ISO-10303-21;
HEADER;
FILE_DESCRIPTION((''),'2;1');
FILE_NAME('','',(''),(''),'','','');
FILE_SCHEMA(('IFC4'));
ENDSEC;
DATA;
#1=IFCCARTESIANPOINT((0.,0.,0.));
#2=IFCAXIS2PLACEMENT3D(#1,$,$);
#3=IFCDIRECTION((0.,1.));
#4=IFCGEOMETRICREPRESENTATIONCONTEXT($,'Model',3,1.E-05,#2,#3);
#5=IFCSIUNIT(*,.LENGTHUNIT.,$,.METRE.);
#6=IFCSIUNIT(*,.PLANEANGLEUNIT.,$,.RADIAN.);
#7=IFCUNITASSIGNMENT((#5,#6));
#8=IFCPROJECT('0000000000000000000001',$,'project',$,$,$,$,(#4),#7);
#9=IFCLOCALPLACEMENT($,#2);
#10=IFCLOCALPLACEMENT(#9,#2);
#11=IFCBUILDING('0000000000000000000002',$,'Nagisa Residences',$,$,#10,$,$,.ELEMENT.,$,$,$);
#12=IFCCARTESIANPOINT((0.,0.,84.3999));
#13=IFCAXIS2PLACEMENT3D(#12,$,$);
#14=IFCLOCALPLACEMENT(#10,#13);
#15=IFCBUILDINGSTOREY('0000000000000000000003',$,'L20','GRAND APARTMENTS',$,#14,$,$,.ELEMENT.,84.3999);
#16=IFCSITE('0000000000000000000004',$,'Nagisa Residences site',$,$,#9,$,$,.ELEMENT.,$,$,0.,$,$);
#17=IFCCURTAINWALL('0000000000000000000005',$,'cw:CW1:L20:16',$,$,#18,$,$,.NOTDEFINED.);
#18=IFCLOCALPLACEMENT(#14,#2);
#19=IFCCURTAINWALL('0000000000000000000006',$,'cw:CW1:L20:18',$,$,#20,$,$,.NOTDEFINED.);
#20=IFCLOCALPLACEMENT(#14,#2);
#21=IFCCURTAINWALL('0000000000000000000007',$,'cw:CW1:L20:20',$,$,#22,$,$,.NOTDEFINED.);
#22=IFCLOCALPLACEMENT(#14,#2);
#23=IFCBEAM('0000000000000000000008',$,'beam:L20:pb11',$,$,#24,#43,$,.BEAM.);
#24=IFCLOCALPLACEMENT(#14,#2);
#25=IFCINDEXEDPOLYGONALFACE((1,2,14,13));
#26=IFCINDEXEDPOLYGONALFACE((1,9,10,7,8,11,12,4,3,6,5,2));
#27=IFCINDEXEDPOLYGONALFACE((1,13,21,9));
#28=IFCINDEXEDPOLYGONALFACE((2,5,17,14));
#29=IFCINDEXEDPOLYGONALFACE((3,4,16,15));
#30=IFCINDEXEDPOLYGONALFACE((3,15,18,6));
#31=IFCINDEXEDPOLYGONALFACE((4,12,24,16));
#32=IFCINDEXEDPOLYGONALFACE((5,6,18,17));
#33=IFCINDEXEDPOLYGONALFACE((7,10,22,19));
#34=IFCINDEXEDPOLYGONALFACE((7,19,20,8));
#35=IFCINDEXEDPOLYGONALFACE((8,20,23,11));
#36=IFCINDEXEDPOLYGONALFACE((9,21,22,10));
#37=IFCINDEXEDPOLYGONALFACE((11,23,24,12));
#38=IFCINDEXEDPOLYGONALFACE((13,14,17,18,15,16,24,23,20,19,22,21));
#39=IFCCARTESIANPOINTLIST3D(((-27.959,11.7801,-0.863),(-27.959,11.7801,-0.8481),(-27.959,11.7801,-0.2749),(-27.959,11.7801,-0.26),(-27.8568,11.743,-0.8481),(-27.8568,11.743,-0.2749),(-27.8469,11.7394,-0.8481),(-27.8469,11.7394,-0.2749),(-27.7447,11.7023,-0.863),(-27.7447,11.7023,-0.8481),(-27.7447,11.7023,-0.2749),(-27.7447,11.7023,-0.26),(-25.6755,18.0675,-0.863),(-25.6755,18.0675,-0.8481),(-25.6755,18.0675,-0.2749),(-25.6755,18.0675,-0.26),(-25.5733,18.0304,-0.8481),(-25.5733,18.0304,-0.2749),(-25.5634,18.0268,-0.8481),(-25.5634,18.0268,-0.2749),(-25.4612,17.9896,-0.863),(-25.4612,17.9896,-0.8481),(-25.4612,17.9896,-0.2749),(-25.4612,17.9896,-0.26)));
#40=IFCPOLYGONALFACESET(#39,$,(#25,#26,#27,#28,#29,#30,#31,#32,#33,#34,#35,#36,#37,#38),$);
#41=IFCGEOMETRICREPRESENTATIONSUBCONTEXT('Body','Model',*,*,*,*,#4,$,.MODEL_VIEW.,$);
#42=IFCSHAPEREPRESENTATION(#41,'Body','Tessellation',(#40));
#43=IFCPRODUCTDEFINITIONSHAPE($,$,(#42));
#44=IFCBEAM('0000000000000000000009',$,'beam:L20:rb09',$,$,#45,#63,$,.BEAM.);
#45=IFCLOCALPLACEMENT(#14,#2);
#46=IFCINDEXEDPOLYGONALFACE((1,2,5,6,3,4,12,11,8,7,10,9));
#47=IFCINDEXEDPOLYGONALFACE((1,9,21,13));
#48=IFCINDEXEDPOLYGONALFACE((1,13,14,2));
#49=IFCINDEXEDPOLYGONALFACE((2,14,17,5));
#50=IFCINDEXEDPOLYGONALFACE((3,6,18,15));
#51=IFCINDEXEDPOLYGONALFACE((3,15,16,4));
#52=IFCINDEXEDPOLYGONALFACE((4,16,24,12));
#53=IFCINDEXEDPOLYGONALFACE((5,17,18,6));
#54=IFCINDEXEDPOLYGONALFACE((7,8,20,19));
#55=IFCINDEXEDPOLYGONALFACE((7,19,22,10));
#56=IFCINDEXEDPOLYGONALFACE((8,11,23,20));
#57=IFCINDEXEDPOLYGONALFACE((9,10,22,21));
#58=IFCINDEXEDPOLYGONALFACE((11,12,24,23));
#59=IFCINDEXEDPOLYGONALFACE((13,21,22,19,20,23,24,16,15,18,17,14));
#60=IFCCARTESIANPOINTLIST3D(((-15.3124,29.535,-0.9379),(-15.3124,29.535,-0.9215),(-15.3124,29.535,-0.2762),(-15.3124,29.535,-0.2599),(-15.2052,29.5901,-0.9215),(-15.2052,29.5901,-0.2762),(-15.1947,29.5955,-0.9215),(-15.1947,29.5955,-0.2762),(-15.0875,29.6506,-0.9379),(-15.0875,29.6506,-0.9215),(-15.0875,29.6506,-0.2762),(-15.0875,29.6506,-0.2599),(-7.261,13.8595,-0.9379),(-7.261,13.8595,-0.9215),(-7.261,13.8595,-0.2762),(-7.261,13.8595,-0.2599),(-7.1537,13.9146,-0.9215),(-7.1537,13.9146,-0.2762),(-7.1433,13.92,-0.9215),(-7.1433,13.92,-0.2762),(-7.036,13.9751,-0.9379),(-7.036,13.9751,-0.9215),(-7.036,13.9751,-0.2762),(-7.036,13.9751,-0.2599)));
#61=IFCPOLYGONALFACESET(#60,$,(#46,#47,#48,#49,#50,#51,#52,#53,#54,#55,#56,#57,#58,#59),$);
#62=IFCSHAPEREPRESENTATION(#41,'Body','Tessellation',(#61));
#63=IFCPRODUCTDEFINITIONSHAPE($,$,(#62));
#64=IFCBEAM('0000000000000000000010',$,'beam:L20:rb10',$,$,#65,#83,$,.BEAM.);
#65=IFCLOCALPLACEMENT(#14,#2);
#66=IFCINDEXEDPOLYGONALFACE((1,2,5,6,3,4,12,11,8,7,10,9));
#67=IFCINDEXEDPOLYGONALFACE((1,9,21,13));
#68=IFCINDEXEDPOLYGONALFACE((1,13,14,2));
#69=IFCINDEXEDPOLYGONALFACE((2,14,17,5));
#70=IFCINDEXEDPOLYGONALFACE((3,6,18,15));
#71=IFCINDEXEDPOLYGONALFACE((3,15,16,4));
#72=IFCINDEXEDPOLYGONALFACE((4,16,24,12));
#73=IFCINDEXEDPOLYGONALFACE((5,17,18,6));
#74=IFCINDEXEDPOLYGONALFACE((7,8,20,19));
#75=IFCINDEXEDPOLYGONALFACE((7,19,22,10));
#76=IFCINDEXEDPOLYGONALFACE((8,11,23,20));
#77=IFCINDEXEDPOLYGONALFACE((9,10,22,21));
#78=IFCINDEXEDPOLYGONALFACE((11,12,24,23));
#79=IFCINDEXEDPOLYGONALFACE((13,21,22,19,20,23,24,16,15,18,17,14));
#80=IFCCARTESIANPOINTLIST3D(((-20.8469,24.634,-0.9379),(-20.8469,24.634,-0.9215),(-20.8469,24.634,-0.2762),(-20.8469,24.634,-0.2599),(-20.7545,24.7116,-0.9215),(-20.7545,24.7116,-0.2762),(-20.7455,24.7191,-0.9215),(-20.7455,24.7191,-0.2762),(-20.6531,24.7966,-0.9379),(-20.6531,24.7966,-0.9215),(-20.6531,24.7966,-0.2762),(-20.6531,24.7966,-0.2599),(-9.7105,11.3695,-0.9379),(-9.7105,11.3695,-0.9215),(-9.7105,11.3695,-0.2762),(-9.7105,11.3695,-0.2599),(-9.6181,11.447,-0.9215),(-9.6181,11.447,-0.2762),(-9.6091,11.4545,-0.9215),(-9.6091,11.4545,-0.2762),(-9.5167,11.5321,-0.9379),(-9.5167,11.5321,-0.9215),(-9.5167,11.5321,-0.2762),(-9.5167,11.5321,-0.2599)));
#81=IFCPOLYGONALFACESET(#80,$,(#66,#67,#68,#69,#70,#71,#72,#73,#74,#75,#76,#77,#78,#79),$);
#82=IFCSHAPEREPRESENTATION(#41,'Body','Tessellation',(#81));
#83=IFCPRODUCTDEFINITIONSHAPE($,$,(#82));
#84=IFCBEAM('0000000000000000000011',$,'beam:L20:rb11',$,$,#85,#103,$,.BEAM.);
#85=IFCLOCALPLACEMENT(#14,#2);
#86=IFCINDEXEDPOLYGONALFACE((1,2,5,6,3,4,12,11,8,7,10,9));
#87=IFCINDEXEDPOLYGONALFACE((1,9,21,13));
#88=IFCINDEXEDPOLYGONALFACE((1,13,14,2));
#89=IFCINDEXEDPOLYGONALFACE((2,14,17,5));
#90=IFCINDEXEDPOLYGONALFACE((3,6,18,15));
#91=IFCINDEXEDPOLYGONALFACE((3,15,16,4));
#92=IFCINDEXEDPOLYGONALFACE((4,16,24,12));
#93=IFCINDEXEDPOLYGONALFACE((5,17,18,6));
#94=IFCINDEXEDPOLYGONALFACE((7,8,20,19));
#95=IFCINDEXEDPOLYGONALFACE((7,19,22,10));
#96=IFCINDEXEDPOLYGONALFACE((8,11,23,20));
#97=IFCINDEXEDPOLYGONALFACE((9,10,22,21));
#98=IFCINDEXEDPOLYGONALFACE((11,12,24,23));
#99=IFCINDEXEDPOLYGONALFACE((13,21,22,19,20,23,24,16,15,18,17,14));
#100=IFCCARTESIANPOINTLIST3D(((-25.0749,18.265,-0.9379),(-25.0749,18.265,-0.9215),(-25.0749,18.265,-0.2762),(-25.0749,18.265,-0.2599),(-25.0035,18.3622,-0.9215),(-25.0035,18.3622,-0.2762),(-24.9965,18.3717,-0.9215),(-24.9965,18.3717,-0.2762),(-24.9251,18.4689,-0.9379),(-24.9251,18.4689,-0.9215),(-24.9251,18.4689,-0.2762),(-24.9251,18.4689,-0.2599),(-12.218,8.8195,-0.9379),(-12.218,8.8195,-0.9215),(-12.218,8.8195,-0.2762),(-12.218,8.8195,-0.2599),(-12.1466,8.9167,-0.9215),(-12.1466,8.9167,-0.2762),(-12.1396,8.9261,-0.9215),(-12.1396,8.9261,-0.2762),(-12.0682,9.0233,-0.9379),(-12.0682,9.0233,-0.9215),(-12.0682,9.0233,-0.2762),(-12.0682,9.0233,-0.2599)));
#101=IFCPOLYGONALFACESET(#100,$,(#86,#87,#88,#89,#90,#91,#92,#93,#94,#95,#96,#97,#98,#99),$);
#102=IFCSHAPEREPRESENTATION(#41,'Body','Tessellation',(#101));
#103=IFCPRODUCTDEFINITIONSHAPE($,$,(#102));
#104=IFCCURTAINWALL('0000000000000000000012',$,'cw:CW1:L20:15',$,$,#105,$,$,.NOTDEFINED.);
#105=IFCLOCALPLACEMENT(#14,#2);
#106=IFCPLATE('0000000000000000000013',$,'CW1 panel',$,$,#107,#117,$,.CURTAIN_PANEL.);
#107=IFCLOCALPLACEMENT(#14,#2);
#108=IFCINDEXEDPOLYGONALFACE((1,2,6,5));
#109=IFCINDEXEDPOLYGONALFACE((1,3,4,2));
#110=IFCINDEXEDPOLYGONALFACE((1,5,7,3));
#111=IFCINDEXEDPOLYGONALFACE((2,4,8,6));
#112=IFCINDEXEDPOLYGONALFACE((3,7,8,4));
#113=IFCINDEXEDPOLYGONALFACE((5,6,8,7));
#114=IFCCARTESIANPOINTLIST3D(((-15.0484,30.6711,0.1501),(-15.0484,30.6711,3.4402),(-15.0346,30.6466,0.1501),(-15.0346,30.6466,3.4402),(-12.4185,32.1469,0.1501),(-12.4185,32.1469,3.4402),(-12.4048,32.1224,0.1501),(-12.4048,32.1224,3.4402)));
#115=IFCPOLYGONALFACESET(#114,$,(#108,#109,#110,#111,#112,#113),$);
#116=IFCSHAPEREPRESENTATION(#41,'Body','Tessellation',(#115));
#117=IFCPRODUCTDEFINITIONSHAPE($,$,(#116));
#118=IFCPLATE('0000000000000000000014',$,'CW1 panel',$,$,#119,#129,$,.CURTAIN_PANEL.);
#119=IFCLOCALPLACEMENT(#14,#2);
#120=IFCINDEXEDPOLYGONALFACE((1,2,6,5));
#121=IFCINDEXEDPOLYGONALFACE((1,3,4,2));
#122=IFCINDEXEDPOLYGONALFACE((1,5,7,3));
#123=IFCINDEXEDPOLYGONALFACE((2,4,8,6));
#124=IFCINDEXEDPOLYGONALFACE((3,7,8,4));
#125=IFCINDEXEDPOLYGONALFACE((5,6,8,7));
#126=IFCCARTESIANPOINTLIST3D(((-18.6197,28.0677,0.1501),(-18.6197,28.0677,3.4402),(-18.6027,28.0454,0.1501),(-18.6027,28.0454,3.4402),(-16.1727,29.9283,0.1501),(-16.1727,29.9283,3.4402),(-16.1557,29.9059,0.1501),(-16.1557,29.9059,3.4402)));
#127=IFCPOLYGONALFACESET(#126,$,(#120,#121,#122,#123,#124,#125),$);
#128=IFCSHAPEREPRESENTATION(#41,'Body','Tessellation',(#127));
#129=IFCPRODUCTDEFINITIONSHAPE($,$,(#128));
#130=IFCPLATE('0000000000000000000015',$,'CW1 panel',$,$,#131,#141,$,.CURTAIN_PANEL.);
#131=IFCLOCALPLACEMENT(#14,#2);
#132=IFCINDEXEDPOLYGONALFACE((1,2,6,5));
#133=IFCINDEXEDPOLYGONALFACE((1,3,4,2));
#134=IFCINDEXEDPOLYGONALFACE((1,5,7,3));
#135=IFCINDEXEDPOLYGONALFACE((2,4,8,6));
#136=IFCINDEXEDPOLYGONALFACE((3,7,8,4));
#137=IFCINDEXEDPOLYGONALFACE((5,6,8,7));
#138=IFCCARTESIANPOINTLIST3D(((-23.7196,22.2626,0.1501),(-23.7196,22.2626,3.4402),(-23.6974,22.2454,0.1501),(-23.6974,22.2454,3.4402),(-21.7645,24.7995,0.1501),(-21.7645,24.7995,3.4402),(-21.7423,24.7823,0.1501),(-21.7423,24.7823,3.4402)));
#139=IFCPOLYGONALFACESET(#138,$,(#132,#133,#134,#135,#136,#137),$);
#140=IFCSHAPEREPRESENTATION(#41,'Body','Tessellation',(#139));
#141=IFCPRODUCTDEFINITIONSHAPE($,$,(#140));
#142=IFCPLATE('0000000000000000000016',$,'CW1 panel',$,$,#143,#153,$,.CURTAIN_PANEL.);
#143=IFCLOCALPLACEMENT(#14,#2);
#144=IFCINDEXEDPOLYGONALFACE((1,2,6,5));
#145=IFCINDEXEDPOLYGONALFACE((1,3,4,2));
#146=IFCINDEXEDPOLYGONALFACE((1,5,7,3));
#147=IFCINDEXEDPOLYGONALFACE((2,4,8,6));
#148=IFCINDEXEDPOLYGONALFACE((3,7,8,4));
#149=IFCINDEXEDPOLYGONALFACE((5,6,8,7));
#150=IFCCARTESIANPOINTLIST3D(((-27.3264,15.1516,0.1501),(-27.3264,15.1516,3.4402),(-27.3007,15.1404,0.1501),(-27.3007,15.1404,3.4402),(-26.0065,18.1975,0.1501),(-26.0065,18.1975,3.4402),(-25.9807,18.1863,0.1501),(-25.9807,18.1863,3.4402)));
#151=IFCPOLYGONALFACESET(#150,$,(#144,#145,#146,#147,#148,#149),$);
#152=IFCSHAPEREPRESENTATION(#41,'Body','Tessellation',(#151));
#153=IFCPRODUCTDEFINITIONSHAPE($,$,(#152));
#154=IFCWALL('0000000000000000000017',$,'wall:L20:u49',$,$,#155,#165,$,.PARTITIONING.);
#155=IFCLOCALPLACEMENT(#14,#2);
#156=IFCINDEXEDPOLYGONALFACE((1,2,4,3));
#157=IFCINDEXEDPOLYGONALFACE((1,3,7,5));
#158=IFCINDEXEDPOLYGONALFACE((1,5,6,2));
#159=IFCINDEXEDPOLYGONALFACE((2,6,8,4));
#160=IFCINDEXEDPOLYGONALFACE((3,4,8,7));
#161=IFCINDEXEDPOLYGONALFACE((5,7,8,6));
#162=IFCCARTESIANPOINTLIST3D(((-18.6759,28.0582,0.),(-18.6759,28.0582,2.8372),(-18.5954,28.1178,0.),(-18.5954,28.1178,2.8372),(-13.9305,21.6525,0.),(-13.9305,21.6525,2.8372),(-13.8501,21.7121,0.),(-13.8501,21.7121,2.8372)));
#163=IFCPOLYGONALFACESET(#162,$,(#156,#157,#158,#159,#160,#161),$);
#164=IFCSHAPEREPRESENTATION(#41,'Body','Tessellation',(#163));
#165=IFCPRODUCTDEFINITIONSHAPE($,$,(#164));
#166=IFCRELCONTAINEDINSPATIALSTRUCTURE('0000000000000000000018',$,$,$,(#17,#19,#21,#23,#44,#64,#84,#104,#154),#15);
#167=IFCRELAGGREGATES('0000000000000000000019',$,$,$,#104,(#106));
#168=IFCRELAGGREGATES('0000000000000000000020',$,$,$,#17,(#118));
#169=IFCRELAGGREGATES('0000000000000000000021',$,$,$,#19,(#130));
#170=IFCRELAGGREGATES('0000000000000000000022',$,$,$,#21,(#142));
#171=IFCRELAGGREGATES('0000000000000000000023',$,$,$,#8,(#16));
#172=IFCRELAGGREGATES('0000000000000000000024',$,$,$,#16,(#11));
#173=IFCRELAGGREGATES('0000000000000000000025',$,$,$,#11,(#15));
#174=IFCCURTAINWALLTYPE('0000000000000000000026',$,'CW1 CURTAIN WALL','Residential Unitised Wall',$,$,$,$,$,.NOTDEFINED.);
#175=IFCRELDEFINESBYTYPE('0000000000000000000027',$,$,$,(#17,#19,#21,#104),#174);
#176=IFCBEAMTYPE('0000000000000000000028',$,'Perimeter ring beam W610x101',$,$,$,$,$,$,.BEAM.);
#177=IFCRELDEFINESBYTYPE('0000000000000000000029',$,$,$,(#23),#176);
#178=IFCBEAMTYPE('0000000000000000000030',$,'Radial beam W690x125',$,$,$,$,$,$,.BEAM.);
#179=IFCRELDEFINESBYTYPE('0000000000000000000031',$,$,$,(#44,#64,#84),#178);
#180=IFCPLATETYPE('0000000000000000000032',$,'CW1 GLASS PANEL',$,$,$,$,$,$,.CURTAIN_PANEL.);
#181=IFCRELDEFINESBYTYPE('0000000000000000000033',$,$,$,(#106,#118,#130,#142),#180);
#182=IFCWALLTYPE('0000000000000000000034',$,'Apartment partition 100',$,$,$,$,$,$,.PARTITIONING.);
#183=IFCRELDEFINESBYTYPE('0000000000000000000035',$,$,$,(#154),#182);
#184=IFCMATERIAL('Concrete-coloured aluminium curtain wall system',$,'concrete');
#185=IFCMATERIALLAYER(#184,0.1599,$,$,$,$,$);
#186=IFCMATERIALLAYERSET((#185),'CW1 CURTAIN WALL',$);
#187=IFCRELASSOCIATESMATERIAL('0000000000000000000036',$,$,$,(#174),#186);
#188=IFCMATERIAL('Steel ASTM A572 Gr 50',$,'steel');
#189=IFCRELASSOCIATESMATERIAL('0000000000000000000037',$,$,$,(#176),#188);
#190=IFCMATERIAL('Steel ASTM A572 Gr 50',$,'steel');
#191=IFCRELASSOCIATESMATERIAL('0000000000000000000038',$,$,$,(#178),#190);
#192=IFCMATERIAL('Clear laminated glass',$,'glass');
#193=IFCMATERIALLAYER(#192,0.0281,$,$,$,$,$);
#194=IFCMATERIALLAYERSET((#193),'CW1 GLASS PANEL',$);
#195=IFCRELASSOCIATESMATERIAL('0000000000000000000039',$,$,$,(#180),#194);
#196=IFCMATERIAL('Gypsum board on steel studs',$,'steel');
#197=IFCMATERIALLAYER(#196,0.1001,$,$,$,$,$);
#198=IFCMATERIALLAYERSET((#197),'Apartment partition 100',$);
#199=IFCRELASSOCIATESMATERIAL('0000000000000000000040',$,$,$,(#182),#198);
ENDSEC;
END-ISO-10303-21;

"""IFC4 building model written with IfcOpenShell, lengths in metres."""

from ifc_helpers import new_model, si_unit, direction, frame, frame_2d, origin, origin_2d, place, context, subcontext, project, spatial, rectangle, i_section, extrude, material, layer, layer_set, material_profile, profile_set, type_object, element, aggregate, save


model = new_model("IFC4")

# Units and contexts
model_context = context("Model", 3, precision=1e-05, world=origin(), true_north=direction((0.0, 1.0)))
body_context = subcontext(model_context, "Body", "Model", "MODEL_VIEW")
ifc_project = project(units=[si_unit("LENGTHUNIT", "METRE"), si_unit("PLANEANGLEUNIT", "RADIAN")], contexts=[model_context])

# Site, building, storey
site_placement = place(None, origin())
site = spatial("IfcSite", under=ifc_project, at=site_placement, Name="Nagisa Residences site", CompositionType="ELEMENT", RefElevation=0.0)
building_placement = place(site_placement, origin())
building = spatial("IfcBuilding", under=site, at=building_placement, Name="Nagisa Residences", CompositionType="ELEMENT")
storey_placement = place(building_placement, frame((0.0, 0.0, 84.3999)))
storey = spatial("IfcBuildingStorey", under=building, at=storey_placement, Name="L20", Description="GRAND APARTMENTS", CompositionType="ELEMENT", Elevation=84.3999)

# Curtain walls
ifc_material_1 = material(Name="Concrete-coloured aluminium curtain wall system", Category="concrete")
ifc_layer_1 = layer(ifc_material_1, 0.1599)
ifc_layer_set_1 = layer_set([ifc_layer_1], Name="CW1 CURTAIN WALL")
curtain_wall_type = type_object("IfcCurtainWallType", Name="CW1 CURTAIN WALL", Description="Residential Unitised Wall", PredefinedType="NOTDEFINED", material=ifc_layer_set_1)
curtain_wall_1_placement = place(storey_placement, origin())
curtain_wall_1 = element("IfcCurtainWall", 1, at=curtain_wall_1_placement, inside=storey, type_object=curtain_wall_type, Name="cw:CW1:L20:16", PredefinedType="NOTDEFINED")
curtain_wall_2_placement = place(storey_placement, origin())
curtain_wall_2 = element("IfcCurtainWall", 2, at=curtain_wall_2_placement, inside=storey, type_object=curtain_wall_type, Name="cw:CW1:L20:18", PredefinedType="NOTDEFINED")
curtain_wall_3_placement = place(storey_placement, origin())
curtain_wall_3 = element("IfcCurtainWall", 3, at=curtain_wall_3_placement, inside=storey, type_object=curtain_wall_type, Name="cw:CW1:L20:20", PredefinedType="NOTDEFINED")

# Beams
ifc_material_2 = material(Name="Steel ASTM A572 Gr 50", Category="steel")
ifc_material_profile_1 = material_profile(ifc_material_2, i_section(OverallWidth=0.228, OverallDepth=0.603, WebThickness=0.0105, FlangeThickness=0.0149, at=origin_2d()), Name="W610x101")
ifc_profile_set_1 = profile_set([ifc_material_profile_1], Name="Steel ASTM A572 Gr 50")
beam_type_1 = type_object("IfcBeamType", Name="Perimeter ring beam W610x101", PredefinedType="BEAM", material=ifc_profile_set_1)
beam_1_placement = place(storey_placement, frame((-25.5684, 18.0286, -0.5615), z_axis=(-0.341365, -0.939931, 0.0), x_axis=(0.939931, -0.341365, 0.0)))
element("IfcBeam", 4, at=beam_1_placement, inside=storey, type_object=beam_type_1, Name="beam:L20:pb11", PredefinedType="BEAM", context=body_context, shape_type="SweptSolid", body=[
    extrude(i_section(OverallWidth=0.228, OverallDepth=0.603, WebThickness=0.0105, FlangeThickness=0.0149, at=origin_2d()), origin(), (0.0, 0.0, 1.0), 6.6892),
])
ifc_material_3 = material(Name="Steel ASTM A572 Gr 50", Category="steel")
ifc_material_profile_2 = material_profile(ifc_material_3, i_section(OverallWidth=0.2529, OverallDepth=0.678, WebThickness=0.0117, FlangeThickness=0.0164, at=origin_2d()), Name="W690x125")
ifc_profile_set_2 = profile_set([ifc_material_profile_2], Name="Steel ASTM A572 Gr 50")
beam_type_2 = type_object("IfcBeamType", Name="Radial beam W690x125", PredefinedType="BEAM", material=ifc_profile_set_2)
beam_2_placement = place(storey_placement, frame((-15.2, 29.5928, -0.5989), z_axis=(0.456891, -0.889523, 0.0), x_axis=(0.889523, 0.456891, 0.0)))
element("IfcBeam", 5, at=beam_2_placement, inside=storey, type_object=beam_type_2, Name="beam:L20:rb09", PredefinedType="BEAM", context=body_context, shape_type="SweptSolid", body=[
    extrude(i_section(OverallWidth=0.2529, OverallDepth=0.678, WebThickness=0.0117, FlangeThickness=0.0164, at=origin_2d()), origin(), (0.0, 0.0, 1.0), 17.6223),
])
beam_3_placement = place(storey_placement, frame((-20.75, 24.7153, -0.5989), z_axis=(0.642995, -0.765871, 0.0), x_axis=(0.765871, 0.642995, 0.0)))
element("IfcBeam", 6, at=beam_3_placement, inside=storey, type_object=beam_type_2, Name="beam:L20:rb10", PredefinedType="BEAM", context=body_context, shape_type="SweptSolid", body=[
    extrude(i_section(OverallWidth=0.2529, OverallDepth=0.678, WebThickness=0.0117, FlangeThickness=0.0164, at=origin_2d()), origin(), (0.0, 0.0, 1.0), 17.3196),
])
beam_4_placement = place(storey_placement, frame((-25.0, 18.3669, -0.5989), z_axis=(0.805892, -0.592062, 0.0), x_axis=(0.592062, 0.805892, 0.0)))
element("IfcBeam", 7, at=beam_4_placement, inside=storey, type_object=beam_type_2, Name="beam:L20:rb11", PredefinedType="BEAM", context=body_context, shape_type="SweptSolid", body=[
    extrude(i_section(OverallWidth=0.2529, OverallDepth=0.678, WebThickness=0.0117, FlangeThickness=0.0164, at=origin_2d()), origin(), (0.0, 0.0, 1.0), 15.9536),
])

# Curtain wall, plate
curtain_wall_4_placement = place(storey_placement, origin())
curtain_wall_4 = element("IfcCurtainWall", 8, at=curtain_wall_4_placement, inside=storey, type_object=curtain_wall_type, Name="cw:CW1:L20:15", PredefinedType="NOTDEFINED")
ifc_material_4 = material(Name="Clear laminated glass", Category="glass")
ifc_layer_2 = layer(ifc_material_4, 0.0281)
ifc_layer_set_2 = layer_set([ifc_layer_2], Name="CW1 GLASS PANEL")
plate_type = type_object("IfcPlateType", Name="CW1 GLASS PANEL", PredefinedType="CURTAIN_PANEL", material=ifc_layer_set_2)
plate_1_placement = place(storey_placement, frame((-13.7266, 31.3967, 0.1501), z_axis=(0.0, 0.0, 1.0), x_axis=(-0.872072, -0.489377, 0.0)))
plate_1 = element("IfcPlate", 9, at=plate_1_placement, type_object=plate_type, Name="CW1 panel", PredefinedType="CURTAIN_PANEL", context=body_context, shape_type="SweptSolid", body=[
    extrude(rectangle(XDim=3.0156, YDim=0.0281, at=origin_2d()), origin(), (0.0, 0.0, 1.0), 3.29),
])
aggregate(curtain_wall_4, [plate_1])

# Plates
plate_2_placement = place(storey_placement, frame((-17.3877, 28.9868, 0.1501), z_axis=(0.0, 0.0, 1.0), x_axis=(-0.796031, -0.605255, 0.0)))
plate_2 = element("IfcPlate", 10, at=plate_2_placement, type_object=plate_type, Name="CW1 panel", PredefinedType="CURTAIN_PANEL", context=body_context, shape_type="SweptSolid", body=[
    extrude(rectangle(XDim=3.074, YDim=0.0281, at=origin_2d()), origin(), (0.0, 0.0, 1.0), 3.29),
])
aggregate(curtain_wall_1, [plate_2])
plate_3_placement = place(storey_placement, frame((-22.731, 23.5225, 0.1501), z_axis=(0.0, 0.0, 1.0), x_axis=(-0.61043, -0.79207, 0.0)))
plate_3 = element("IfcPlate", 11, at=plate_3_placement, type_object=plate_type, Name="CW1 panel", PredefinedType="CURTAIN_PANEL", context=body_context, shape_type="SweptSolid", body=[
    extrude(rectangle(XDim=3.2029, YDim=0.0281, at=origin_2d()), origin(), (0.0, 0.0, 1.0), 3.29),
])
aggregate(curtain_wall_2, [plate_3])
plate_4_placement = place(storey_placement, frame((-26.6536, 16.6689, 0.1501), z_axis=(0.0, 0.0, 1.0), x_axis=(-0.397636, -0.917543, 0.0)))
plate_4 = element("IfcPlate", 12, at=plate_4_placement, type_object=plate_type, Name="CW1 panel", PredefinedType="CURTAIN_PANEL", context=body_context, shape_type="SweptSolid", body=[
    extrude(rectangle(XDim=3.3196, YDim=0.0281, at=origin_2d()), origin(), (0.0, 0.0, 1.0), 3.29),
])
aggregate(curtain_wall_3, [plate_4])

# Wall
ifc_material_5 = material(Name="Gypsum board on steel studs", Category="steel")
ifc_layer_3 = layer(ifc_material_5, 0.1001)
ifc_layer_set_3 = layer_set([ifc_layer_3], Name="Apartment partition 100")
wall_type_1 = type_object("IfcWallType", Name="Apartment partition 100", PredefinedType="PARTITIONING", material=ifc_layer_set_3)
wall_1_placement = place(storey_placement, frame((-13.8904, 21.6824, 0.0), z_axis=(0.0, 0.0, 1.0), x_axis=(-0.595256, 0.803536, 0.0)))
element("IfcWall", 13, at=wall_1_placement, inside=storey, type_object=wall_type_1, Name="wall:L20:u49", PredefinedType="PARTITIONING", context=body_context, shape_type="SweptSolid", body=[
    extrude(rectangle(XDim=7.9719, YDim=0.1001, at=frame_2d((3.9858, 0.0))), origin(), (0.0, 0.0, 1.0), 2.8372),
])

save(model, "model.ifc")
